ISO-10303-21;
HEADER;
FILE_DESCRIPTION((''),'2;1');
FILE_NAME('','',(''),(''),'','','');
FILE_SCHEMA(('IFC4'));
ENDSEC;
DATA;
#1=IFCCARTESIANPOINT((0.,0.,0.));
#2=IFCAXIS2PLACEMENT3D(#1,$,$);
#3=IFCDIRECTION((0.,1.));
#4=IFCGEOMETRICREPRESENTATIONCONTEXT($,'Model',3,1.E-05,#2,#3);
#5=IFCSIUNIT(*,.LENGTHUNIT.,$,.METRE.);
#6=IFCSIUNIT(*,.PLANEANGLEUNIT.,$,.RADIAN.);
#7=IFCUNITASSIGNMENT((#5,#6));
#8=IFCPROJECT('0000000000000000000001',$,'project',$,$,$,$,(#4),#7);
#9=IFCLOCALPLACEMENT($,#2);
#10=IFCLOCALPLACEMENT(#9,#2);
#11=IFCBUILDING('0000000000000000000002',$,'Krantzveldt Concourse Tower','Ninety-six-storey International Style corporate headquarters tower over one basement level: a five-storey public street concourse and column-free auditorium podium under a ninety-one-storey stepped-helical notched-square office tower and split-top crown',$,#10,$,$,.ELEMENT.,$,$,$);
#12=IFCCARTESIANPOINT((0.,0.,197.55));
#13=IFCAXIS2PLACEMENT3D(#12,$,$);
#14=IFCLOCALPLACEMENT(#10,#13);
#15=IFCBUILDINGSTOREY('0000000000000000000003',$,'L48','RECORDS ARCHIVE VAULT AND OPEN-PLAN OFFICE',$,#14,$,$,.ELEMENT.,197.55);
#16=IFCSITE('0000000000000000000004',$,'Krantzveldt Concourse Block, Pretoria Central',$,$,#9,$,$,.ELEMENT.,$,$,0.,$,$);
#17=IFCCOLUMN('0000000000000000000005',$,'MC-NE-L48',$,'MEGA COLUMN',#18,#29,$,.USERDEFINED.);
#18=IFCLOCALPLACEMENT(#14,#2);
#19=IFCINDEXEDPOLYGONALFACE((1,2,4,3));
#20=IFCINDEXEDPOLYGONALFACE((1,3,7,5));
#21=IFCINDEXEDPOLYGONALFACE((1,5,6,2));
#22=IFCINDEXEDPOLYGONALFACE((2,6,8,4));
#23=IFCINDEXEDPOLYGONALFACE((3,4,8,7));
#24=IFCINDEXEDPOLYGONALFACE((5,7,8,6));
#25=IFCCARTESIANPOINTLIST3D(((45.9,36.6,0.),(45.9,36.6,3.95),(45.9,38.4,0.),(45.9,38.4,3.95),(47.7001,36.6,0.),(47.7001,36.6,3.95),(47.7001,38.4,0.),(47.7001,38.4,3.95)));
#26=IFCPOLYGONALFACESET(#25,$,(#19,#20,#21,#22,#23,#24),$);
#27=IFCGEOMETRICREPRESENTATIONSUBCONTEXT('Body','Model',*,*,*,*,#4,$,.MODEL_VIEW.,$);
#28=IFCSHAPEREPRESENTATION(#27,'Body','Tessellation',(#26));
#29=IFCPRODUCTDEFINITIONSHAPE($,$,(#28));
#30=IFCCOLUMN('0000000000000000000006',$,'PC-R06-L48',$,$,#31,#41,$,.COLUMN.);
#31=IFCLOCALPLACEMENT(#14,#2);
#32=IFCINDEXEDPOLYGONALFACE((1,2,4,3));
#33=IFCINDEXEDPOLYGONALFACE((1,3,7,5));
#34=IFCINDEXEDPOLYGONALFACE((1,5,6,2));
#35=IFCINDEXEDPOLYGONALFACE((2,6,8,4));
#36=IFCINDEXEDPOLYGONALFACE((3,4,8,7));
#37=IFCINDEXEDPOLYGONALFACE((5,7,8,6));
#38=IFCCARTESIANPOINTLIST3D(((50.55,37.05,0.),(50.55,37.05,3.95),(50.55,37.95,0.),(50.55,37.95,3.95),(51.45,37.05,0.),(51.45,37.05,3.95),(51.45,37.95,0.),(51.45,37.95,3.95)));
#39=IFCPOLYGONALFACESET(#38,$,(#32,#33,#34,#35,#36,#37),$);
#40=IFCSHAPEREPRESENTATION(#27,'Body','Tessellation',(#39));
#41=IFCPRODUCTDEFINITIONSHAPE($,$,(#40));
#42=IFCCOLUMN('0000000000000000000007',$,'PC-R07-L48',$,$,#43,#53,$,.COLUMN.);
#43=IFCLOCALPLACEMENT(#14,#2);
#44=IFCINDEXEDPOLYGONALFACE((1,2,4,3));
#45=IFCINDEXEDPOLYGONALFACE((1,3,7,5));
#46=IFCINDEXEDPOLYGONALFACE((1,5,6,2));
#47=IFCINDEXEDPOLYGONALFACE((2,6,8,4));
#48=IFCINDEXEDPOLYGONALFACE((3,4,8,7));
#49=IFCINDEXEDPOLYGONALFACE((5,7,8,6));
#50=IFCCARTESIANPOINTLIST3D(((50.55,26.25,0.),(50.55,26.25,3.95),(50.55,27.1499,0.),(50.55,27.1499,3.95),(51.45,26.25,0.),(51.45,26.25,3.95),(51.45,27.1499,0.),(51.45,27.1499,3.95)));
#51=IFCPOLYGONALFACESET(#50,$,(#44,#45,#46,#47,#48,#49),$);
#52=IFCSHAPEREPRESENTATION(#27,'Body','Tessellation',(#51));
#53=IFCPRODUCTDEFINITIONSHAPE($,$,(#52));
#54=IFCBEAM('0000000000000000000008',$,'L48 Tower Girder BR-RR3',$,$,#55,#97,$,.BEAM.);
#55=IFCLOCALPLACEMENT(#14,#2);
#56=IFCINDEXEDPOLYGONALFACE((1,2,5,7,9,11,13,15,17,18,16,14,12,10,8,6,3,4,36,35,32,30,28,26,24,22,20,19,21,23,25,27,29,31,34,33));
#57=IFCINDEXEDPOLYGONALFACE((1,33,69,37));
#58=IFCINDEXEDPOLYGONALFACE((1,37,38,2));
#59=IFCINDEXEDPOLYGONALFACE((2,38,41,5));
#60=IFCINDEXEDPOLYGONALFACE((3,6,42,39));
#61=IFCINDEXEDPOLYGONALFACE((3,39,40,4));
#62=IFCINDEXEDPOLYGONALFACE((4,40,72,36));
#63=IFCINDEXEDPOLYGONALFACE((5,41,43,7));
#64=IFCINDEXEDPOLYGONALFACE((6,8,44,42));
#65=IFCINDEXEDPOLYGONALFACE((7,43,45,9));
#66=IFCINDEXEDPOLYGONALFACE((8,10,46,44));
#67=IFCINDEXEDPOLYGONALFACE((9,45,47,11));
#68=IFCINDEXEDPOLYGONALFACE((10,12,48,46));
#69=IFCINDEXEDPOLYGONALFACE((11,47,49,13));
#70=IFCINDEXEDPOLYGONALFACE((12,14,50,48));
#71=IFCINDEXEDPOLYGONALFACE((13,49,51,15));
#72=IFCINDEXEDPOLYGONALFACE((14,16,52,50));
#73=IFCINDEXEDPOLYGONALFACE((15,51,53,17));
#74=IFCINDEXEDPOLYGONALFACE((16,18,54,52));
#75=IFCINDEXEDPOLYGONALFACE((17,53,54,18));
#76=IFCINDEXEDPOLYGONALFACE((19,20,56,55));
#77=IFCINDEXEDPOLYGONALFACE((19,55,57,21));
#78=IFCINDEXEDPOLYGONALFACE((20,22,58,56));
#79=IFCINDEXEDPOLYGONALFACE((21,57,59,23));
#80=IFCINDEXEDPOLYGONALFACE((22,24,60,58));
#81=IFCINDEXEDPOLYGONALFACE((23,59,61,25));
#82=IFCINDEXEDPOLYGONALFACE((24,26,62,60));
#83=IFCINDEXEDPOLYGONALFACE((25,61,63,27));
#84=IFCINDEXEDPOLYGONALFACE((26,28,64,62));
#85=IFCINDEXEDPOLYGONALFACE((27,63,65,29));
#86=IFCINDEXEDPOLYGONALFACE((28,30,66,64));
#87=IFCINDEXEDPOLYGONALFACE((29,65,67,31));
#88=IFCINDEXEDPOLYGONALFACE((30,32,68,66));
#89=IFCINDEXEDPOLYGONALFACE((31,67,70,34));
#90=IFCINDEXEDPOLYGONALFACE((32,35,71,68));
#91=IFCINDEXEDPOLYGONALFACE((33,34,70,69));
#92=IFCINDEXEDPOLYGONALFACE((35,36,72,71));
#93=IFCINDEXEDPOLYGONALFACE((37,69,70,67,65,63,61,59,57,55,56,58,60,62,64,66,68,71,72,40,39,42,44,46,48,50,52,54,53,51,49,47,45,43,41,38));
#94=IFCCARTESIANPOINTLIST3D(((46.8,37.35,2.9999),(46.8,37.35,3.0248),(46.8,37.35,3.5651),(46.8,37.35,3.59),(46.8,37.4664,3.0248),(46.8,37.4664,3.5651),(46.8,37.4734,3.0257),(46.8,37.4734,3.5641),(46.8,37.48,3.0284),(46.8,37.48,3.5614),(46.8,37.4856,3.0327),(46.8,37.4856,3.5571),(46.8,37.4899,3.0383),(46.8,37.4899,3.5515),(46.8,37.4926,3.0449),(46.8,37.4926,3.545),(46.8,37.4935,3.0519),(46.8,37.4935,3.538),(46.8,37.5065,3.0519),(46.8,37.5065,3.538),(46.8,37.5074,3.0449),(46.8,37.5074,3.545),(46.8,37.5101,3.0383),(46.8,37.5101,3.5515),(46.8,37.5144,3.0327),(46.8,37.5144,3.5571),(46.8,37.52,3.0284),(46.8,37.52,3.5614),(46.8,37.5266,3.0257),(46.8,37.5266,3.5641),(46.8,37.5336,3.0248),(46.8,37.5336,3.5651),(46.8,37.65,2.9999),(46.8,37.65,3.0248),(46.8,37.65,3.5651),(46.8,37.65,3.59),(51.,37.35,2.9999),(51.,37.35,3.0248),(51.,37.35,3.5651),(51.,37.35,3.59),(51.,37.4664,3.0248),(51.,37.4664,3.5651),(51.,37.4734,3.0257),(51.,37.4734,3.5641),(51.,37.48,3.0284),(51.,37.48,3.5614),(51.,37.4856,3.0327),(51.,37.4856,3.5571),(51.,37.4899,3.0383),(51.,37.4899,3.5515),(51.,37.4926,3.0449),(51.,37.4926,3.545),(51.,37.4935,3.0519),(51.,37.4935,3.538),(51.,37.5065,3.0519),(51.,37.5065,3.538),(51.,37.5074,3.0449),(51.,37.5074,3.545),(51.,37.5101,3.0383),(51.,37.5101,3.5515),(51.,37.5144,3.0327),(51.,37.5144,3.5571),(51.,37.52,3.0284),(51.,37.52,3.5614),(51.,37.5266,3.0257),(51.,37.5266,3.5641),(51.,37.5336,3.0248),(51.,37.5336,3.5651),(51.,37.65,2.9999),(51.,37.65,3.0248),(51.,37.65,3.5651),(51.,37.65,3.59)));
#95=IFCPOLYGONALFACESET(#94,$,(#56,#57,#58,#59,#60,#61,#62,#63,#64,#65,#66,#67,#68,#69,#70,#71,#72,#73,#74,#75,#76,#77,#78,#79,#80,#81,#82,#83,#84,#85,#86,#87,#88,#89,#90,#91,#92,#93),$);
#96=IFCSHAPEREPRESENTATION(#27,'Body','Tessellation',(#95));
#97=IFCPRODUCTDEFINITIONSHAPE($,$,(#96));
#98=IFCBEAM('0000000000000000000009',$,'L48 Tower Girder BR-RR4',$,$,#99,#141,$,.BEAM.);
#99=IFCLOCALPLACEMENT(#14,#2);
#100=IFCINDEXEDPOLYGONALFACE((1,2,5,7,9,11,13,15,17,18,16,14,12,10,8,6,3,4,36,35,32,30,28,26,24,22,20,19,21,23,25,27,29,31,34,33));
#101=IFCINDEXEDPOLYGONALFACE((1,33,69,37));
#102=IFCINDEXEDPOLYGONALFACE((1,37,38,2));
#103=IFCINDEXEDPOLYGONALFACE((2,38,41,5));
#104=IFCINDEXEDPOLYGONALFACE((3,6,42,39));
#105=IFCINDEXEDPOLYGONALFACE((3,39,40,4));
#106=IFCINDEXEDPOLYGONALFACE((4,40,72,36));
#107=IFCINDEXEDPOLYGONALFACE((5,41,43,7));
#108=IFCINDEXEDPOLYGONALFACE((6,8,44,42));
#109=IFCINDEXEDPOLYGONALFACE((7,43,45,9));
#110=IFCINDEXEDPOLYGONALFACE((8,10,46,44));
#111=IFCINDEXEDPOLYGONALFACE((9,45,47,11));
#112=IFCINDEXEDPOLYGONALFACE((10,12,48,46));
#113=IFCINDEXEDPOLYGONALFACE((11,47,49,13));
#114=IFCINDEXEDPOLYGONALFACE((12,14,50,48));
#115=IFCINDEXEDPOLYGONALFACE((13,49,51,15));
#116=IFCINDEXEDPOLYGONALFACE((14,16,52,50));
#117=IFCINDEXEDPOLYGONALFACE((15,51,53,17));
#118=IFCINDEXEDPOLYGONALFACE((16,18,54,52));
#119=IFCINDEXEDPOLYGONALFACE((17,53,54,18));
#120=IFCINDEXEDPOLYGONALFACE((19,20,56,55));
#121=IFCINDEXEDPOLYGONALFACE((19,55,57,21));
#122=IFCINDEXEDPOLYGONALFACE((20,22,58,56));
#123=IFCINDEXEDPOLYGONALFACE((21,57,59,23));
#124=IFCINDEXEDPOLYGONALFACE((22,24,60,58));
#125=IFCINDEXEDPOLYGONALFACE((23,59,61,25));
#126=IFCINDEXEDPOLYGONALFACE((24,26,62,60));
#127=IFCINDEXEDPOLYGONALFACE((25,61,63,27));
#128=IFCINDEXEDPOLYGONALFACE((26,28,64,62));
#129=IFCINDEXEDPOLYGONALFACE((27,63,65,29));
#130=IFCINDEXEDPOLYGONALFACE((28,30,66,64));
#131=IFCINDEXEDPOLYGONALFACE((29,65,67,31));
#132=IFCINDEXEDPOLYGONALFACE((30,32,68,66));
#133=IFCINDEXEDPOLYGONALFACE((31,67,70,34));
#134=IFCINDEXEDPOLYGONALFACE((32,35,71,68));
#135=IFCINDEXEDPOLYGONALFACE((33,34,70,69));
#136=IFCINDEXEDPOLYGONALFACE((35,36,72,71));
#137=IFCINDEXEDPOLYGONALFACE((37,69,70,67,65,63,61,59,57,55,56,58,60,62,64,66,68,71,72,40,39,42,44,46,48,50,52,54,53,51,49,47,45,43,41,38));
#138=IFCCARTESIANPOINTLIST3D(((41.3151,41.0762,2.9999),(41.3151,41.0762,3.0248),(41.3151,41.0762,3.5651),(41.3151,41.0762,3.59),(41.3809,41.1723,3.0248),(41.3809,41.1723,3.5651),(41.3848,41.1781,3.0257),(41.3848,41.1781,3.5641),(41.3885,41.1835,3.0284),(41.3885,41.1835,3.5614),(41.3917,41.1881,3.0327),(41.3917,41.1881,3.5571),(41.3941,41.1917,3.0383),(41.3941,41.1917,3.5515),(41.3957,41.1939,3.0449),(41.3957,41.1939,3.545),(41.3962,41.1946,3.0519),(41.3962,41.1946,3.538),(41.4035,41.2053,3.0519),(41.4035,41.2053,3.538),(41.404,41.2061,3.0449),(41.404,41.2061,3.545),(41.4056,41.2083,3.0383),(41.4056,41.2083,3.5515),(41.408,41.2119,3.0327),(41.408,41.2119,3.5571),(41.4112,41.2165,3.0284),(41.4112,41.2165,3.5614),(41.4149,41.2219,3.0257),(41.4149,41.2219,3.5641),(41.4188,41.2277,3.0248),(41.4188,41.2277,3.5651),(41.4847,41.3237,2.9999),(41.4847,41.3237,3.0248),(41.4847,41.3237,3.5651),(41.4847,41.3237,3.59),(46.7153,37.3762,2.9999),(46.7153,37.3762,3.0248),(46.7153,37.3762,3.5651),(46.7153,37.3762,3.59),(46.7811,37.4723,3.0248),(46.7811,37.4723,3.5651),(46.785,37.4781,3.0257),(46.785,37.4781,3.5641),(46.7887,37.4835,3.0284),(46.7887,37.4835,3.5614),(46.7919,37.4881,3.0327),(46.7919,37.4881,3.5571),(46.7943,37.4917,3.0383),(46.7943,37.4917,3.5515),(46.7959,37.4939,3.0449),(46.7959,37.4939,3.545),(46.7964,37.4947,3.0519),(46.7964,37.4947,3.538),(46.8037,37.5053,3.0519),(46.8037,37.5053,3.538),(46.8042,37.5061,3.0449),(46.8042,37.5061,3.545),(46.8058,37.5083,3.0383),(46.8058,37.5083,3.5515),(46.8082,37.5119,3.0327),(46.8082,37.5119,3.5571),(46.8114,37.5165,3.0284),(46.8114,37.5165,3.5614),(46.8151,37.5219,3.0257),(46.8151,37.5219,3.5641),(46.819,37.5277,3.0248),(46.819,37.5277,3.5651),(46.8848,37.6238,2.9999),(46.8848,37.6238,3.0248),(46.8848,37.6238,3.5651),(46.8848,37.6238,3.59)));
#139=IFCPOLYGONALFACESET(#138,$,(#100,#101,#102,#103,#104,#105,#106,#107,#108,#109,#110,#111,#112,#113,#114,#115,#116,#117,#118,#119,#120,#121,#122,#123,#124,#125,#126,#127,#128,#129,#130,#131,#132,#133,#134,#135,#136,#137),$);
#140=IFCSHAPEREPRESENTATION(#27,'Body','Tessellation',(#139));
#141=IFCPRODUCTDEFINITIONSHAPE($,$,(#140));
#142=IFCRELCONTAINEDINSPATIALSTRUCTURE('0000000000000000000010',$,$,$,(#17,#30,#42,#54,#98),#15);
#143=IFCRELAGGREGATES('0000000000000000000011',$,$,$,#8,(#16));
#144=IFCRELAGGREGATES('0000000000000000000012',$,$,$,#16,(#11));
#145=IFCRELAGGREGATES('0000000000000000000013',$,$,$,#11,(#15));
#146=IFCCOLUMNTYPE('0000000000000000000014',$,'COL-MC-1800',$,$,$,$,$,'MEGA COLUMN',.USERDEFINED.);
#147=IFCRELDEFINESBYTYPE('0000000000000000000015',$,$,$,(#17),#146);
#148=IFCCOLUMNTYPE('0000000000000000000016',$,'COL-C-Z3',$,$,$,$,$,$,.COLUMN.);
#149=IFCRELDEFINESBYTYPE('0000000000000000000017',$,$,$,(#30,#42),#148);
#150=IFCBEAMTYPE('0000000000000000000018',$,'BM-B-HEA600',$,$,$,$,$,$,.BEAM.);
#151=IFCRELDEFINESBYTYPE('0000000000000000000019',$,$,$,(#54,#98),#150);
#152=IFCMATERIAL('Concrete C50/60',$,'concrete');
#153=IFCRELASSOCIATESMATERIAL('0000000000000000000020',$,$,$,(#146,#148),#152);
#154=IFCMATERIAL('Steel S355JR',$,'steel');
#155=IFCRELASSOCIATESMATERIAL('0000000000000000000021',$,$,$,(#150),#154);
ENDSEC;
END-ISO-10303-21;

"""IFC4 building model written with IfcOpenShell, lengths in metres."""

from ifc_helpers import new_model, si_unit, direction, frame, origin, origin_2d, place, context, subcontext, project, spatial, rectangle, i_section, extrude, source, transform, mapped, material, material_profile, profile_set, type_object, type_shapes, element, save


model = new_model("IFC4")

# Units and contexts
model_context = context("Model", 3, precision=1e-05, world=origin(), true_north=direction((0.0, 1.0)))
body_context = subcontext(model_context, "Body", "Model", "MODEL_VIEW")
ifc_project = project(units=[si_unit("LENGTHUNIT", "METRE"), si_unit("PLANEANGLEUNIT", "RADIAN")], contexts=[model_context])

# Site, building, storey
site_placement = place(None, origin())
site = spatial("IfcSite", under=ifc_project, at=site_placement, Name="Krantzveldt Concourse Block, Pretoria Central", CompositionType="ELEMENT", RefElevation=0.0)
building_placement = place(site_placement, origin())
building = spatial("IfcBuilding", under=site, at=building_placement, Name="Krantzveldt Concourse Tower", Description="Ninety-six-storey International Style corporate headquarters tower over one basement level: a five-storey public street concourse and column-free auditorium podium under a ninety-one-storey stepped-helical notched-square office tower and split-top crown", CompositionType="ELEMENT")
storey_placement = place(building_placement, frame((0.0, 0.0, 197.55)))
storey = spatial("IfcBuildingStorey", under=building, at=storey_placement, Name="L48", Description="RECORDS ARCHIVE VAULT AND OPEN-PLAN OFFICE", CompositionType="ELEMENT", Elevation=197.55)

# Columns
ifc_material_1 = material(Name="Concrete C50/60", Category="concrete")
ifc_material_profile_1 = material_profile(ifc_material_1, rectangle(XDim=1.8, YDim=1.8, at=origin_2d()), Name="Concrete C50/60", Category="concrete")
ifc_profile_set_1 = profile_set([ifc_material_profile_1], Name="Concrete C50/60 - RC 1800x1800")
column_type_1 = type_object("IfcColumnType", Name="COL-MC-1800", ElementType="MEGA COLUMN", PredefinedType="USERDEFINED", material=ifc_profile_set_1)
shared_shape_1 = source(origin(), body_context, "Body", "SweptSolid", [
    extrude(rectangle(XDim=1.8, YDim=1.8, at=origin_2d()), origin(), (0.0, 0.0, 1.0), 3.95),
])
type_shapes(column_type_1, [shared_shape_1])
column_placement = place(storey_placement, frame((46.8, 37.5, 0.0), z_axis=(0.0, 0.0, 1.0), x_axis=(1.0, 0.0, 0.0)))
element("IfcColumn", 1, at=column_placement, inside=storey, type_object=column_type_1, Name="MC-NE-L48", ObjectType="MEGA COLUMN", PredefinedType="USERDEFINED", context=body_context, shape_type="MappedRepresentation", body=[
    mapped(shared_shape_1, transform((0.0, 0.0, 0.0), x_axis=(1.0, 0.0, 0.0), y_axis=(0.0, 1.0, 0.0), z_axis=(0.0, 0.0, 1.0), scale=1.0)),
])
ifc_material_profile_2 = material_profile(ifc_material_1, rectangle(XDim=0.8999, YDim=0.8999, at=origin_2d()), Name="Concrete C50/60", Category="concrete")
ifc_profile_set_2 = profile_set([ifc_material_profile_2], Name="Concrete C50/60 - RC 900x900")
column_type_2 = type_object("IfcColumnType", Name="COL-C-Z3", PredefinedType="COLUMN", material=ifc_profile_set_2)
shared_shape_2 = source(origin(), body_context, "Body", "SweptSolid", [
    extrude(rectangle(XDim=0.8999, YDim=0.8999, at=origin_2d()), origin(), (0.0, 0.0, 1.0), 3.95),
])
type_shapes(column_type_2, [shared_shape_2])
for number, where, z_axis, x_axis, name in (
    (2, (51.0, 37.5, 0.0), (0.0, 0.0, 1.0), (1.0, 0.0, 0.0), "PC-R06-L48"),
    (3, (51.0, 26.7, 0.0), (0.0, 0.0, 1.0), (1.0, 0.0, 0.0), "PC-R07-L48"),
):
    element("IfcColumn", number, at=place(storey_placement, frame(where, z_axis=z_axis, x_axis=x_axis)), inside=storey, type_object=column_type_2, Name=name, PredefinedType="COLUMN", context=body_context, shape_type="MappedRepresentation", body=[
        mapped(shared_shape_2, transform((0.0, 0.0, 0.0), x_axis=(1.0, 0.0, 0.0), y_axis=(0.0, 1.0, 0.0), z_axis=(0.0, 0.0, 1.0), scale=1.0)),
    ])

# Beams
ifc_material_2 = material(Name="Steel S355JR", Category="steel")
ifc_material_profile_3 = material_profile(ifc_material_2, i_section(OverallWidth=0.3, OverallDepth=0.5901, WebThickness=0.0129, FlangeThickness=0.0249, FilletRadius=0.0271, at=origin_2d()), Name="Steel S355JR", Category="steel")
ifc_profile_set_3 = profile_set([ifc_material_profile_3], Name="Steel S355JR - HEA 600")
beam_type_1 = type_object("IfcBeamType", Name="BM-B-HEA600", PredefinedType="BEAM", material=ifc_profile_set_3)
shared_shape_3 = source(origin(), body_context, "Body", "SweptSolid", [
    extrude(i_section(OverallWidth=0.3, OverallDepth=0.5901, WebThickness=0.0129, FlangeThickness=0.0249, FilletRadius=0.0271, at=origin_2d()), origin(), (0.0, 0.0, 1.0), 4.2),
])
beam_1_placement = place(storey_placement, frame((46.8, 37.5, 3.2949), z_axis=(1.0, 0.0, 0.0), x_axis=(0.0, 1.0, 0.0)))
element("IfcBeam", 4, at=beam_1_placement, inside=storey, type_object=beam_type_1, Name="L48 Tower Girder BR-RR3", PredefinedType="BEAM", context=body_context, shape_type="MappedRepresentation", body=[
    mapped(shared_shape_3, transform((0.0, 0.0, 0.0), x_axis=(1.0, 0.0, 0.0), y_axis=(0.0, 1.0, 0.0), z_axis=(0.0, 0.0, 1.0), scale=1.0)),
])
shared_shape_4 = source(origin(), body_context, "Body", "SweptSolid", [
    extrude(i_section(OverallWidth=0.3, OverallDepth=0.5901, WebThickness=0.0129, FlangeThickness=0.0249, FilletRadius=0.0271, at=origin_2d()), origin(), (0.0, 0.0, 1.0), 6.5461),
])
type_shapes(beam_type_1, [shared_shape_3, shared_shape_4])
beam_2_placement = place(storey_placement, frame((46.8, 37.5, 3.2949), z_axis=(-0.824943, 0.565216, 0.0), x_axis=(-0.565216, -0.824943, 0.0)))
element("IfcBeam", 5, at=beam_2_placement, inside=storey, type_object=beam_type_1, Name="L48 Tower Girder BR-RR4", PredefinedType="BEAM", context=body_context, shape_type="MappedRepresentation", body=[
    mapped(shared_shape_4, transform((0.0, 0.0, 0.0), x_axis=(1.0, 0.0, 0.0), y_axis=(0.0, 1.0, 0.0), z_axis=(0.0, 0.0, 1.0), scale=1.0)),
])

save(model, "model.ifc")
